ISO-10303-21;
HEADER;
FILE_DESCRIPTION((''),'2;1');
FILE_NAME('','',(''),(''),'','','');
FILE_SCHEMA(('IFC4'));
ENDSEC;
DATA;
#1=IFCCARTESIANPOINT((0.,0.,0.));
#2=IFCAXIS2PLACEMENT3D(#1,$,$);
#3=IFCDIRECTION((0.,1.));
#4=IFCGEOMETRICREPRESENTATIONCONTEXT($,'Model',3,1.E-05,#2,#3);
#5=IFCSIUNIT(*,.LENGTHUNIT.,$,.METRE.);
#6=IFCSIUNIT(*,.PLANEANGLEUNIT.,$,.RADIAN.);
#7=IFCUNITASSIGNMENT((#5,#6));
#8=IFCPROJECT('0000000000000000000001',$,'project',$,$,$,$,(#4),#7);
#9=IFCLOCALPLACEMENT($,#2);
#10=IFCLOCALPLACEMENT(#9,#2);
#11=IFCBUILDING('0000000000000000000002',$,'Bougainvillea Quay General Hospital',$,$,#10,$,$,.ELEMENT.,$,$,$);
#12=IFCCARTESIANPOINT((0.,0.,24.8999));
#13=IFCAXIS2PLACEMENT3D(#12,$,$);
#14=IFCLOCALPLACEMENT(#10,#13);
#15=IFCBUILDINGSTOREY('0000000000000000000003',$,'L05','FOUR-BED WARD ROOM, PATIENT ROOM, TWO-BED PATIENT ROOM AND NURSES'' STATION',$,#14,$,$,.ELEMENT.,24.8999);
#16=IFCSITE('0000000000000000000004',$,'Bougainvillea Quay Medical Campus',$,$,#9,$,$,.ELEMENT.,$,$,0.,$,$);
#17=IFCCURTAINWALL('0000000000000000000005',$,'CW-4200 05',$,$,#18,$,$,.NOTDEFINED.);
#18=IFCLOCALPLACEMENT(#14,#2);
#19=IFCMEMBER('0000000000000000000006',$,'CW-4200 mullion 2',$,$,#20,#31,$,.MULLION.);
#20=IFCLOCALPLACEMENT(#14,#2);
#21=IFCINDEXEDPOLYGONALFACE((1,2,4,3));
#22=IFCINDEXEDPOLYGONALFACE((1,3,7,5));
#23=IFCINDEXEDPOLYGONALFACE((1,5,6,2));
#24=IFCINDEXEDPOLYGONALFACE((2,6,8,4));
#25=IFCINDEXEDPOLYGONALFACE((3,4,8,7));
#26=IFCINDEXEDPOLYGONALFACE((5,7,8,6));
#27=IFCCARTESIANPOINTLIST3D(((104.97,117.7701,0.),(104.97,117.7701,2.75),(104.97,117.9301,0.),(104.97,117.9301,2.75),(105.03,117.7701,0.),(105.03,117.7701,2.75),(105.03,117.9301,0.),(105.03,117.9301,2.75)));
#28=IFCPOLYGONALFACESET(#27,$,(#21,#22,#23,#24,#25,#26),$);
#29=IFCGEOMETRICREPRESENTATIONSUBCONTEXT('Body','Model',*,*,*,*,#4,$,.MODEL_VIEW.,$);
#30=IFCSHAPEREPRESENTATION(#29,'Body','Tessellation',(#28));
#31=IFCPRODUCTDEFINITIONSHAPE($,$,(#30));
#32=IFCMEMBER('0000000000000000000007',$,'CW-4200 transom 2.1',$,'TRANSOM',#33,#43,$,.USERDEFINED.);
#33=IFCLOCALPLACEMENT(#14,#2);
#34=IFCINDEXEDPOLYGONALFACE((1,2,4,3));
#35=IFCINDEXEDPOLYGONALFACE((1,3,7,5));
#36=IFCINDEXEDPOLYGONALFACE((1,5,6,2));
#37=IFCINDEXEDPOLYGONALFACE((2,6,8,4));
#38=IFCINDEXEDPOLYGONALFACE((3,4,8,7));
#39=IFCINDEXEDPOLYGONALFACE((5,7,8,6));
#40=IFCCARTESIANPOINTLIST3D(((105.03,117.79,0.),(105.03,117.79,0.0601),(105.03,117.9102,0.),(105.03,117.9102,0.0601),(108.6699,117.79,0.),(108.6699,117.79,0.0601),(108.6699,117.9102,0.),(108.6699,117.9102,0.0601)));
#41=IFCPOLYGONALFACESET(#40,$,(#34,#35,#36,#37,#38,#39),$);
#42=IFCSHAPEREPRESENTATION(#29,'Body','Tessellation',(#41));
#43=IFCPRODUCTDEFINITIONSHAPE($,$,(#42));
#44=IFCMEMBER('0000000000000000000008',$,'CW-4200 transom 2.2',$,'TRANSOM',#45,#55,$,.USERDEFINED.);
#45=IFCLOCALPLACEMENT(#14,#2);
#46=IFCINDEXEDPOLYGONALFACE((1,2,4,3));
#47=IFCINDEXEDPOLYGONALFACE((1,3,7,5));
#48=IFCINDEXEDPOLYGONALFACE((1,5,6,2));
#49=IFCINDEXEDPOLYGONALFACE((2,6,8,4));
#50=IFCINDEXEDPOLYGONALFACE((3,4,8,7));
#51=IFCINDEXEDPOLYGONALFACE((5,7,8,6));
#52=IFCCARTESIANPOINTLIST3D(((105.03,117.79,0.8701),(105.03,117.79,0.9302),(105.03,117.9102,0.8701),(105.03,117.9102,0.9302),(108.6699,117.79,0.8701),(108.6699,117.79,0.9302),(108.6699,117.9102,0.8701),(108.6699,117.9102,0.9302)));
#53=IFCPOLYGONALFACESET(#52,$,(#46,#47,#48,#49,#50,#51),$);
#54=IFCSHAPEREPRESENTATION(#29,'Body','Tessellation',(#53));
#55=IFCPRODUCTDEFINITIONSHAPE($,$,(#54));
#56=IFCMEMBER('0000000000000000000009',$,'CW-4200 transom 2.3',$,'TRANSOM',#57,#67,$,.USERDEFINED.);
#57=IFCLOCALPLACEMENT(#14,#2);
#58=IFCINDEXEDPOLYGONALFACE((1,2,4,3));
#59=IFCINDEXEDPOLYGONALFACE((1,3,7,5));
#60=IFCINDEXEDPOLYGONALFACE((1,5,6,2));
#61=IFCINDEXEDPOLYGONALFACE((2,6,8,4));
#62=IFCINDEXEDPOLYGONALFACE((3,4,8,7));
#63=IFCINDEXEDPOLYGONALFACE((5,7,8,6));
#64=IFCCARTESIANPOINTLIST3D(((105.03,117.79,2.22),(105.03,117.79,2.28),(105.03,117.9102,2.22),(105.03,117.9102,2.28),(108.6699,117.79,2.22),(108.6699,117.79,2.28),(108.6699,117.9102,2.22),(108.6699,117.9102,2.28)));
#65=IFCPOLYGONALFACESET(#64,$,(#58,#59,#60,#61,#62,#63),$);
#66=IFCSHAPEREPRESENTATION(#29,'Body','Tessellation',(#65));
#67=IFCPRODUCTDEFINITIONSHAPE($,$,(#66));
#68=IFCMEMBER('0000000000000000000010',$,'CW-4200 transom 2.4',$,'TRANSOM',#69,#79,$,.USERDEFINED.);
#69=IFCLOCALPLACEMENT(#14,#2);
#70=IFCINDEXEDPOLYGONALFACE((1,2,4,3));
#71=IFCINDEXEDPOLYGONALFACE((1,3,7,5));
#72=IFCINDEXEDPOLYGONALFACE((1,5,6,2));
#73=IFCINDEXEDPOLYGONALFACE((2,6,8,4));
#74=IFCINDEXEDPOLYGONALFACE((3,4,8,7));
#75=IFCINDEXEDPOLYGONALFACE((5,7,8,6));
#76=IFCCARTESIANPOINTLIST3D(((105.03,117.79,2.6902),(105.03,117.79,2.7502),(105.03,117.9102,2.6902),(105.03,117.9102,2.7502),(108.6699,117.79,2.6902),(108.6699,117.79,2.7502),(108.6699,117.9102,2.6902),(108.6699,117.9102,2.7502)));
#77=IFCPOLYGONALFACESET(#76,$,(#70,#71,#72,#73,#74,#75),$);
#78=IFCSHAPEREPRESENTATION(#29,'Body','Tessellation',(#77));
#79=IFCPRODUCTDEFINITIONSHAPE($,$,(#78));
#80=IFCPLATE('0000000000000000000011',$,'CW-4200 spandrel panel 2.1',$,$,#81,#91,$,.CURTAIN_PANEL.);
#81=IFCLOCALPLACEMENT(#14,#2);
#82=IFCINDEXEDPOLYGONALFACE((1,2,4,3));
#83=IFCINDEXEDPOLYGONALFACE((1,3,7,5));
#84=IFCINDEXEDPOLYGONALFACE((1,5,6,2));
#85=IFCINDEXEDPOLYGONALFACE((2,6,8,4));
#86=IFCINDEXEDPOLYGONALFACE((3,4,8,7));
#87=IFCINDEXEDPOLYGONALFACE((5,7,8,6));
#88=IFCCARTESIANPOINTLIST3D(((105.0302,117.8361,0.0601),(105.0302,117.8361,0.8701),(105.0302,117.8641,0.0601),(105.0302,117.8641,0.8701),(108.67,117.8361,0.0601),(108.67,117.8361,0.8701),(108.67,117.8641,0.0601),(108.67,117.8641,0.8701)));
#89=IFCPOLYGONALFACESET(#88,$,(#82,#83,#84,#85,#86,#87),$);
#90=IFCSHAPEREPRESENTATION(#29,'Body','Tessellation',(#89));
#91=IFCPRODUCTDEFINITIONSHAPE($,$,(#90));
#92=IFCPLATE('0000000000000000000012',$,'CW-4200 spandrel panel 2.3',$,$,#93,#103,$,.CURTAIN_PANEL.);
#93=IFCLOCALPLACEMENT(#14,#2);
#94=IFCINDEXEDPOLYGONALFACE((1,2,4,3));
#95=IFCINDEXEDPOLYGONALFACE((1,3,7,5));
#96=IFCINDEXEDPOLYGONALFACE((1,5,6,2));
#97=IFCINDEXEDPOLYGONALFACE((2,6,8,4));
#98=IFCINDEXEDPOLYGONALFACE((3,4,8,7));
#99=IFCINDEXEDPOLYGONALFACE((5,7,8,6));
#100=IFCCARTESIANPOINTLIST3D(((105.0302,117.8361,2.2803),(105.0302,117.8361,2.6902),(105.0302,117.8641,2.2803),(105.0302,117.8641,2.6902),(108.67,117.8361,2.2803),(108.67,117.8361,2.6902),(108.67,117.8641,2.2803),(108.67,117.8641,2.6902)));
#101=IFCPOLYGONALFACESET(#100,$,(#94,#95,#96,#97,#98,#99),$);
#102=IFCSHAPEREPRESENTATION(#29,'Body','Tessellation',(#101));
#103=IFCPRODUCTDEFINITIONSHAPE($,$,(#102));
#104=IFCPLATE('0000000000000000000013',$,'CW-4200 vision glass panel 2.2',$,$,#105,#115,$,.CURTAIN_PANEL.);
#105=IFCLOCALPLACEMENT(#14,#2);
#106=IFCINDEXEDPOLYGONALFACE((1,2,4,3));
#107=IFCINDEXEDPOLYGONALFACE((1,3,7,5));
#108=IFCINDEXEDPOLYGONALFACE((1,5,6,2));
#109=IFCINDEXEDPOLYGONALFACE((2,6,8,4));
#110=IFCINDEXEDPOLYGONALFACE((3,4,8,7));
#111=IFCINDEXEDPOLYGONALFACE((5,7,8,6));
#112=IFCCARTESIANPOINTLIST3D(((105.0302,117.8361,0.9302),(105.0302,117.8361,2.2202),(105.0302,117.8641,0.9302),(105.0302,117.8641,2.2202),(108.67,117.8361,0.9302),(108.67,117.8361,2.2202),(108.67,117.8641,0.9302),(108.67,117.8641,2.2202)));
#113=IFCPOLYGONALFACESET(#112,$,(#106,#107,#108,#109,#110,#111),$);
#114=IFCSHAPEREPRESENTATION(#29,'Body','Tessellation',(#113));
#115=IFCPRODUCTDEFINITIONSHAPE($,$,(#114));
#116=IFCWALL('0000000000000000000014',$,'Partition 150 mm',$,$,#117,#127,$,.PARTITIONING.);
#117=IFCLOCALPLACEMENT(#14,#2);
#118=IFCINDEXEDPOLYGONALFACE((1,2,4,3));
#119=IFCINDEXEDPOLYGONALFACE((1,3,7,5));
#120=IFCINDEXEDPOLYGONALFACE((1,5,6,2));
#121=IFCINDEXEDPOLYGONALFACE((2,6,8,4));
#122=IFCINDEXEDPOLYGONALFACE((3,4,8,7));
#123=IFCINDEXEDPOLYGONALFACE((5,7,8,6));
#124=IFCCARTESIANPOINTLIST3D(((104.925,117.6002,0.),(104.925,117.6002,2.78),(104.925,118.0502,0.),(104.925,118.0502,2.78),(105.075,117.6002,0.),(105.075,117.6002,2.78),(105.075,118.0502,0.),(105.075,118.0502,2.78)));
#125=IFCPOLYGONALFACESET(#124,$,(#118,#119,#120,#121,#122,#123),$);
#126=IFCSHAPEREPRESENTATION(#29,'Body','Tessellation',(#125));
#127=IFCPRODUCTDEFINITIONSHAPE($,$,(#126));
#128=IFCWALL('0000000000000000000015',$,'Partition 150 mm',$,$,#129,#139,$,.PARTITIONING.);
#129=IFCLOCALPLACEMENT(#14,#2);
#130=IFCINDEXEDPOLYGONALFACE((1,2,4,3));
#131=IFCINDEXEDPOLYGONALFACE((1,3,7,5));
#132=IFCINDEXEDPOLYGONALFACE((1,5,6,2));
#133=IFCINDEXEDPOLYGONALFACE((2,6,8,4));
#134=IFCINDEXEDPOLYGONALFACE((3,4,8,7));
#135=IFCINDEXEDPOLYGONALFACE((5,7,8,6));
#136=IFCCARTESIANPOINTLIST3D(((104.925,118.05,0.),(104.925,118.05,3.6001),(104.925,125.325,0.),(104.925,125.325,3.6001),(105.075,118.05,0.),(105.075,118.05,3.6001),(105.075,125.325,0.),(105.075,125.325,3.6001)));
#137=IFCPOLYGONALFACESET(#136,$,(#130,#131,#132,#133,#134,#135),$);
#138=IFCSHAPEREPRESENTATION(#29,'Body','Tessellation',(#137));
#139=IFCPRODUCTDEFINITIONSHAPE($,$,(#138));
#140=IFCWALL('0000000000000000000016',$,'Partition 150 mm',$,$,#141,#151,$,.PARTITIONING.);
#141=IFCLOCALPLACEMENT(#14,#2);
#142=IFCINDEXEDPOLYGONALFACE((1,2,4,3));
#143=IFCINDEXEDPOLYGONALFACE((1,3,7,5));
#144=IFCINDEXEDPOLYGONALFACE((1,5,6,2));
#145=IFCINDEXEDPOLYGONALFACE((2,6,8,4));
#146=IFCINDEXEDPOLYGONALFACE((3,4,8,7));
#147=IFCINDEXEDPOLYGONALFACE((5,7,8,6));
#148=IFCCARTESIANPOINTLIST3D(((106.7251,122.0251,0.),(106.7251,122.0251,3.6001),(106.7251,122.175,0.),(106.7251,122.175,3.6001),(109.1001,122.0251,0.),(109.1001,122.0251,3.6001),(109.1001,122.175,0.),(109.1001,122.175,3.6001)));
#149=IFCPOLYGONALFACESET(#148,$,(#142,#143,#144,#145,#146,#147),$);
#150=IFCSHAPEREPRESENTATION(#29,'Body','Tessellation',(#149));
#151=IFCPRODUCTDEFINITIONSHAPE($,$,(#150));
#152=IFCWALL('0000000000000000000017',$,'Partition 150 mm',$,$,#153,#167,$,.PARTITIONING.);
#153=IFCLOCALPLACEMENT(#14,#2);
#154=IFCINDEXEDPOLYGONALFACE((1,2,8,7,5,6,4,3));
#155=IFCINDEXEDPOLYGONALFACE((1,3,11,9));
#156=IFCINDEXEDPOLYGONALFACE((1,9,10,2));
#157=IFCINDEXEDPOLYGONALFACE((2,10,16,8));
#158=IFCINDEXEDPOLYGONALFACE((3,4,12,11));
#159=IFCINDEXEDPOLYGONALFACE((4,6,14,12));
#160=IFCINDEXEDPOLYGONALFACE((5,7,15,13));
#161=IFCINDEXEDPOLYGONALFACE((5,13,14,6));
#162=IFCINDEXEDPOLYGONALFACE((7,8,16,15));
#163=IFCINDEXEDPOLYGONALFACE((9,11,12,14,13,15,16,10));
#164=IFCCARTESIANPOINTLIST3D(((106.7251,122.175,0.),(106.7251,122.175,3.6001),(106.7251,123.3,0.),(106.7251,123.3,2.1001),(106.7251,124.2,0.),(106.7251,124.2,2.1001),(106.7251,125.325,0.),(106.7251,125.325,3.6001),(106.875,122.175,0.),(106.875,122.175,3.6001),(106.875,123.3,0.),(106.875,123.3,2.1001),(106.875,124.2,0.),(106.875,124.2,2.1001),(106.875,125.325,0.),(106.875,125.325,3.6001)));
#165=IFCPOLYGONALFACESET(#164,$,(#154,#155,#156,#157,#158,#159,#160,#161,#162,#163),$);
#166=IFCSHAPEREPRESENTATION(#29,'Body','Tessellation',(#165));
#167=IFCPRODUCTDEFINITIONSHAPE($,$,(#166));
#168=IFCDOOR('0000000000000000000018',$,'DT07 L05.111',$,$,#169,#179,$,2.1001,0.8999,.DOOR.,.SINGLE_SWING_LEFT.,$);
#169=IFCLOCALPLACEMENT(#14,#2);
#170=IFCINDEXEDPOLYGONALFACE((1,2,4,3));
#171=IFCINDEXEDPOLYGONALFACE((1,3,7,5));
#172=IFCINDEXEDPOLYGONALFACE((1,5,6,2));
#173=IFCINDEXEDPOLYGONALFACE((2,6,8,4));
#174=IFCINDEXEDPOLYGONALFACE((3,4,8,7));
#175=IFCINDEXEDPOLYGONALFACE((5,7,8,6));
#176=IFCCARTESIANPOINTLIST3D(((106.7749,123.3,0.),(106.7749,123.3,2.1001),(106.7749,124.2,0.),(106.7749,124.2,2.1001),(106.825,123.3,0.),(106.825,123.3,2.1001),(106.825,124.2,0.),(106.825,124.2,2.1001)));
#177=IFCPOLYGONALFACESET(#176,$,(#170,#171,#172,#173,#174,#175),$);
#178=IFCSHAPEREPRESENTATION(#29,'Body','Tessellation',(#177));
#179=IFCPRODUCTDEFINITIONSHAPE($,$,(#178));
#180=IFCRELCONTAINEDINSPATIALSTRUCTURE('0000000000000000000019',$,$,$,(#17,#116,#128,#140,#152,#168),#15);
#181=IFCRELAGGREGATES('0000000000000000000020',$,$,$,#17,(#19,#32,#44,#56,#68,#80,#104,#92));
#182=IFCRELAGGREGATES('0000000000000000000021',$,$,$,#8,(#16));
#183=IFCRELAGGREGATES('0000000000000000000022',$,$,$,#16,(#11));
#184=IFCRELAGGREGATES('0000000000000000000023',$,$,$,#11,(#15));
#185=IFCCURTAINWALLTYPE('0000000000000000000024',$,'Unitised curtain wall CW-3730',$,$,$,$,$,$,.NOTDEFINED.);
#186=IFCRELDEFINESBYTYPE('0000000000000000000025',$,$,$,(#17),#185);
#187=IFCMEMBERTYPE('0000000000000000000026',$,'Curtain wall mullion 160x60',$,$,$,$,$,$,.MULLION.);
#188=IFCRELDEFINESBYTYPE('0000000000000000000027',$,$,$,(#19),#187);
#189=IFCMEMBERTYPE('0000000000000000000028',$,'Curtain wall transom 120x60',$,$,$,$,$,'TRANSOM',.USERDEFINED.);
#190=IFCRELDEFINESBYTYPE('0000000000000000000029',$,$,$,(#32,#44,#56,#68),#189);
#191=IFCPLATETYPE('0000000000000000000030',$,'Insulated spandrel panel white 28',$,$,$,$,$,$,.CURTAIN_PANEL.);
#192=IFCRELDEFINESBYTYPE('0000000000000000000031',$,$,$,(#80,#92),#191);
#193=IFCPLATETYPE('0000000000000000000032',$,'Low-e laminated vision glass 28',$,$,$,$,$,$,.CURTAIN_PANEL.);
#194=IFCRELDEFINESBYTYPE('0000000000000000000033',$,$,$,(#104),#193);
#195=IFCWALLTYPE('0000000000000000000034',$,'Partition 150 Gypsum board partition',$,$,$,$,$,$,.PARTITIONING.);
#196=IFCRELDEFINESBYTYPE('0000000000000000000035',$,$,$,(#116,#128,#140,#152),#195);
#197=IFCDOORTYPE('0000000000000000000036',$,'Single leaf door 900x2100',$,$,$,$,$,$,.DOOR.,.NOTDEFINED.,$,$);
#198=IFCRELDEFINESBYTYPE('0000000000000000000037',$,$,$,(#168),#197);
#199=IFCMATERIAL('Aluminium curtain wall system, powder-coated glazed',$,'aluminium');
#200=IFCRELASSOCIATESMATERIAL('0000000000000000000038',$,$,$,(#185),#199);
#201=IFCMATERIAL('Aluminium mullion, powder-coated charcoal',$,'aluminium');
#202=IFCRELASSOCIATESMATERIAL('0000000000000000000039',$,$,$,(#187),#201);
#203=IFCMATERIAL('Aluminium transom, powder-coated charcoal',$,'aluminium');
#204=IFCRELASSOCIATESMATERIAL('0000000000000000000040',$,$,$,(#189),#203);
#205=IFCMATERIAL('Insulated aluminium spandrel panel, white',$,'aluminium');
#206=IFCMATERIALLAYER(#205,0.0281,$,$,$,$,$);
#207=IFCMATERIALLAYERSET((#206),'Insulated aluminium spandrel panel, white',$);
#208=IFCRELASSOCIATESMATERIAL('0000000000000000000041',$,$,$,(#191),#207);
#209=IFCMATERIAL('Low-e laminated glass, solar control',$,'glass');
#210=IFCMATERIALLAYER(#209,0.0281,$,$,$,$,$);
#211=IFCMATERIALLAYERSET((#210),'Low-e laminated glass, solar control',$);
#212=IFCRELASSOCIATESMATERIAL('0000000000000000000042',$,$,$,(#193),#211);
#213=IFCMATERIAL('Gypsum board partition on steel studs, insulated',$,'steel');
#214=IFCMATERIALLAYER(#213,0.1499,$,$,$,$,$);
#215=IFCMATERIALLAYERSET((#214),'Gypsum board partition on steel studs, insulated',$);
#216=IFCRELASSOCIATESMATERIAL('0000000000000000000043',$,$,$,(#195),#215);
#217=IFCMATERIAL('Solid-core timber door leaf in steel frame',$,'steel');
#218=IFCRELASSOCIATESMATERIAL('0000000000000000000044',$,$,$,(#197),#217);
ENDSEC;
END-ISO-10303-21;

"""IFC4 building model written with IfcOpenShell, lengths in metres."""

from ifc_helpers import new_model, si_unit, direction, frame, frame_2d, origin, origin_2d, place, context, subcontext, project, spatial, rectangle, extrude, material, layer, layer_set, material_profile, profile_set, type_object, element, fill, aggregate, save


model = new_model("IFC4")

# Units and contexts
model_context = context("Model", 3, precision=1e-05, world=origin(), true_north=direction((0.0, 1.0)))
body_context = subcontext(model_context, "Body", "Model", "MODEL_VIEW")
ifc_project = project(units=[si_unit("LENGTHUNIT", "METRE"), si_unit("PLANEANGLEUNIT", "RADIAN")], contexts=[model_context])

# Site, building, storey
site_placement = place(None, origin())
site = spatial("IfcSite", under=ifc_project, at=site_placement, Name="Bougainvillea Quay Medical Campus", CompositionType="ELEMENT", RefElevation=0.0)
building_placement = place(site_placement, origin())
building = spatial("IfcBuilding", under=site, at=building_placement, Name="Bougainvillea Quay General Hospital", CompositionType="ELEMENT")
storey_placement = place(building_placement, frame((0.0, 0.0, 24.8999)))
storey = spatial("IfcBuildingStorey", under=building, at=storey_placement, Name="L05", Description="FOUR-BED WARD ROOM, PATIENT ROOM, TWO-BED PATIENT ROOM AND NURSES' STATION", CompositionType="ELEMENT", Elevation=24.8999)

# Curtain wall, members, plates
ifc_material_1 = material(Name="Aluminium curtain wall system, powder-coated glazed", Category="aluminium")
curtain_wall_type = type_object("IfcCurtainWallType", Name="Unitised curtain wall CW-3730", PredefinedType="NOTDEFINED", material=ifc_material_1)
curtain_wall_placement = place(storey_placement, origin())
curtain_wall = element("IfcCurtainWall", 1, at=curtain_wall_placement, inside=storey, type_object=curtain_wall_type, Name="CW-4200 05", PredefinedType="NOTDEFINED")
ifc_material_2 = material(Name="Aluminium mullion, powder-coated charcoal", Category="aluminium")
ifc_material_profile_1 = material_profile(ifc_material_2, rectangle(XDim=0.1599, YDim=0.0601, at=origin_2d()))
ifc_profile_set_1 = profile_set([ifc_material_profile_1], Name="Aluminium mullion, powder-coated charcoal")
member_type_1 = type_object("IfcMemberType", Name="Curtain wall mullion 160x60", PredefinedType="MULLION", material=ifc_profile_set_1)
member_1_placement = place(storey_placement, frame((105.0, 117.8501, 0.0), z_axis=(0.0, 0.0, 1.0), x_axis=(0.0, 1.0, 0.0)))
member_1 = element("IfcMember", 2, at=member_1_placement, type_object=member_type_1, Name="CW-4200 mullion 2", PredefinedType="MULLION", context=body_context, shape_type="SweptSolid", body=[
    extrude(rectangle(XDim=0.1599, YDim=0.0601, at=origin_2d()), origin(), (0.0, 0.0, 1.0), 2.75),
])
ifc_material_3 = material(Name="Aluminium transom, powder-coated charcoal", Category="aluminium")
ifc_material_profile_2 = material_profile(ifc_material_3, rectangle(XDim=0.1201, YDim=0.0601, at=origin_2d()))
ifc_profile_set_2 = profile_set([ifc_material_profile_2], Name="Aluminium transom, powder-coated charcoal")
member_type_2 = type_object("IfcMemberType", Name="Curtain wall transom 120x60", ElementType="TRANSOM", PredefinedType="USERDEFINED", material=ifc_profile_set_2)
member_2_placement = place(storey_placement, frame((105.03, 117.8501, 0.03), z_axis=(1.0, 0.0, 0.0), x_axis=(0.0, 1.0, 0.0)))
member_2 = element("IfcMember", 3, at=member_2_placement, type_object=member_type_2, Name="CW-4200 transom 2.1", ObjectType="TRANSOM", PredefinedType="USERDEFINED", context=body_context, shape_type="SweptSolid", body=[
    extrude(rectangle(XDim=0.1201, YDim=0.0601, at=origin_2d()), origin(), (0.0, 0.0, 1.0), 3.6399),
])
member_3_placement = place(storey_placement, frame((105.03, 117.8501, 0.9001), z_axis=(1.0, 0.0, 0.0), x_axis=(0.0, 1.0, 0.0)))
member_3 = element("IfcMember", 4, at=member_3_placement, type_object=member_type_2, Name="CW-4200 transom 2.2", ObjectType="TRANSOM", PredefinedType="USERDEFINED", context=body_context, shape_type="SweptSolid", body=[
    extrude(rectangle(XDim=0.1201, YDim=0.0601, at=origin_2d()), origin(), (0.0, 0.0, 1.0), 3.6399),
])
member_4_placement = place(storey_placement, frame((105.03, 117.8501, 2.25), z_axis=(1.0, 0.0, 0.0), x_axis=(0.0, 1.0, 0.0)))
member_4 = element("IfcMember", 5, at=member_4_placement, type_object=member_type_2, Name="CW-4200 transom 2.3", ObjectType="TRANSOM", PredefinedType="USERDEFINED", context=body_context, shape_type="SweptSolid", body=[
    extrude(rectangle(XDim=0.1201, YDim=0.0601, at=origin_2d()), origin(), (0.0, 0.0, 1.0), 3.6399),
])
member_5_placement = place(storey_placement, frame((105.03, 117.8501, 2.7202), z_axis=(1.0, 0.0, 0.0), x_axis=(0.0, 1.0, 0.0)))
member_5 = element("IfcMember", 6, at=member_5_placement, type_object=member_type_2, Name="CW-4200 transom 2.4", ObjectType="TRANSOM", PredefinedType="USERDEFINED", context=body_context, shape_type="SweptSolid", body=[
    extrude(rectangle(XDim=0.1201, YDim=0.0601, at=origin_2d()), origin(), (0.0, 0.0, 1.0), 3.6399),
])
ifc_material_4 = material(Name="Insulated aluminium spandrel panel, white", Category="aluminium")
ifc_layer_1 = layer(ifc_material_4, 0.0281)
ifc_layer_set_1 = layer_set([ifc_layer_1], Name="Insulated aluminium spandrel panel, white")
plate_type_1 = type_object("IfcPlateType", Name="Insulated spandrel panel white 28", PredefinedType="CURTAIN_PANEL", material=ifc_layer_set_1)
plate_1_placement = place(storey_placement, frame((106.8501, 117.8501, 0.0601), z_axis=(0.0, 0.0, 1.0), x_axis=(1.0, 0.0, 0.0)))
plate_1 = element("IfcPlate", 7, at=plate_1_placement, type_object=plate_type_1, Name="CW-4200 spandrel panel 2.1", PredefinedType="CURTAIN_PANEL", context=body_context, shape_type="SweptSolid", body=[
    extrude(rectangle(XDim=3.6399, YDim=0.0281, at=origin_2d()), origin(), (0.0, 0.0, 1.0), 0.8101),
])
plate_2_placement = place(storey_placement, frame((106.8501, 117.8501, 2.2803), z_axis=(0.0, 0.0, 1.0), x_axis=(1.0, 0.0, 0.0)))
plate_2 = element("IfcPlate", 8, at=plate_2_placement, type_object=plate_type_1, Name="CW-4200 spandrel panel 2.3", PredefinedType="CURTAIN_PANEL", context=body_context, shape_type="SweptSolid", body=[
    extrude(rectangle(XDim=3.6399, YDim=0.0281, at=origin_2d()), origin(), (0.0, 0.0, 1.0), 0.4099),
])
ifc_material_5 = material(Name="Low-e laminated glass, solar control", Category="glass")
ifc_layer_2 = layer(ifc_material_5, 0.0281)
ifc_layer_set_2 = layer_set([ifc_layer_2], Name="Low-e laminated glass, solar control")
plate_type_2 = type_object("IfcPlateType", Name="Low-e laminated vision glass 28", PredefinedType="CURTAIN_PANEL", material=ifc_layer_set_2)
plate_3_placement = place(storey_placement, frame((106.8501, 117.8501, 0.9302), z_axis=(0.0, 0.0, 1.0), x_axis=(1.0, 0.0, 0.0)))
plate_3 = element("IfcPlate", 9, at=plate_3_placement, type_object=plate_type_2, Name="CW-4200 vision glass panel 2.2", PredefinedType="CURTAIN_PANEL", context=body_context, shape_type="SweptSolid", body=[
    extrude(rectangle(XDim=3.6399, YDim=0.0281, at=origin_2d()), origin(), (0.0, 0.0, 1.0), 1.29),
])
aggregate(curtain_wall, [member_1, member_2, member_3, member_4, member_5, plate_1, plate_3, plate_2])

# Walls
ifc_material_6 = material(Name="Gypsum board partition on steel studs, insulated", Category="steel")
ifc_layer_3 = layer(ifc_material_6, 0.1499)
ifc_layer_set_3 = layer_set([ifc_layer_3], Name="Gypsum board partition on steel studs, insulated")
wall_type = type_object("IfcWallType", Name="Partition 150 Gypsum board partition", PredefinedType="PARTITIONING", material=ifc_layer_set_3)
wall_1_placement = place(storey_placement, frame((105.0, 117.6001, 0.0), z_axis=(0.0, 0.0, 1.0), x_axis=(0.0, 1.0, 0.0)))
element("IfcWall", 10, at=wall_1_placement, inside=storey, type_object=wall_type, Name="Partition 150 mm", PredefinedType="PARTITIONING", context=body_context, shape_type="SweptSolid", body=[
    extrude(rectangle(XDim=0.45, YDim=0.1499, at=frame_2d((0.2251, 0.0))), origin(), (0.0, 0.0, 1.0), 2.78),
])
wall_2_placement = place(storey_placement, frame((105.0, 118.05, 0.0), z_axis=(0.0, 0.0, 1.0), x_axis=(0.0, 1.0, 0.0)))
element("IfcWall", 11, at=wall_2_placement, inside=storey, type_object=wall_type, Name="Partition 150 mm", PredefinedType="PARTITIONING", context=body_context, shape_type="SweptSolid", body=[
    extrude(rectangle(XDim=7.2749, YDim=0.1499, at=frame_2d((3.6375, 0.0))), origin(), (0.0, 0.0, 1.0), 3.6001),
])
wall_3_placement = place(storey_placement, frame((106.7251, 122.1001, 0.0), z_axis=(0.0, 0.0, 1.0), x_axis=(1.0, 0.0, 0.0)))
element("IfcWall", 12, at=wall_3_placement, inside=storey, type_object=wall_type, Name="Partition 150 mm", PredefinedType="PARTITIONING", context=body_context, shape_type="SweptSolid", body=[
    extrude(rectangle(XDim=2.375, YDim=0.1499, at=frame_2d((1.1875, 0.0))), origin(), (0.0, 0.0, 1.0), 3.6001),
])

# Wall, opening, door
wall_4_placement = place(storey_placement, frame((106.8, 122.175, 0.0), z_axis=(0.0, 0.0, 1.0), x_axis=(0.0, 1.0, 0.0)))
wall_4 = element("IfcWall", 13, at=wall_4_placement, inside=storey, type_object=wall_type, Name="Partition 150 mm", PredefinedType="PARTITIONING", context=body_context, shape_type="SweptSolid", body=[
    extrude(rectangle(XDim=3.1499, YDim=0.1499, at=frame_2d((1.575, 0.0))), origin(), (0.0, 0.0, 1.0), 3.6001),
])
opening_placement = place(wall_4_placement, frame((1.125, 0.0, 0.0)))
opening = element("IfcOpeningElement", 14, at=opening_placement, cuts=wall_4, PredefinedType="OPENING", context=body_context, shape_type="SweptSolid", body=[
    extrude(rectangle(XDim=0.8999, YDim=2.1001, at=frame_2d((0.45, 1.05))), frame((0.0, 0.085, 0.0), z_axis=(0.0, -1.0, 0.0), x_axis=(1.0, 0.0, 0.0)), (0.0, 0.0, 1.0), 0.1699),
])
ifc_material_7 = material(Name="Solid-core timber door leaf in steel frame", Category="steel")
door_type = type_object("IfcDoorType", Name="Single leaf door 900x2100", OperationType="NOTDEFINED", PredefinedType="DOOR", material=ifc_material_7)
door_placement = place(opening_placement, frame((0.8999, 0.0, 0.0), z_axis=(0.0, 0.0, 1.0), x_axis=(-1.0, 0.0, 0.0)))
door = element("IfcDoor", 15, at=door_placement, inside=storey, type_object=door_type, Name="DT07 L05.111", OperationType="SINGLE_SWING_LEFT", OverallHeight=2.1001, OverallWidth=0.8999, PredefinedType="DOOR", context=body_context, shape_type="SweptSolid", body=[
    extrude(rectangle(XDim=0.8999, YDim=2.1001, at=frame_2d((0.45, 1.05))), frame((0.0, 0.0249, 0.0), z_axis=(0.0, -1.0, 0.0), x_axis=(1.0, 0.0, 0.0)), (0.0, 0.0, 1.0), 0.05),
])
fill(opening, door)

save(model, "model.ifc")
